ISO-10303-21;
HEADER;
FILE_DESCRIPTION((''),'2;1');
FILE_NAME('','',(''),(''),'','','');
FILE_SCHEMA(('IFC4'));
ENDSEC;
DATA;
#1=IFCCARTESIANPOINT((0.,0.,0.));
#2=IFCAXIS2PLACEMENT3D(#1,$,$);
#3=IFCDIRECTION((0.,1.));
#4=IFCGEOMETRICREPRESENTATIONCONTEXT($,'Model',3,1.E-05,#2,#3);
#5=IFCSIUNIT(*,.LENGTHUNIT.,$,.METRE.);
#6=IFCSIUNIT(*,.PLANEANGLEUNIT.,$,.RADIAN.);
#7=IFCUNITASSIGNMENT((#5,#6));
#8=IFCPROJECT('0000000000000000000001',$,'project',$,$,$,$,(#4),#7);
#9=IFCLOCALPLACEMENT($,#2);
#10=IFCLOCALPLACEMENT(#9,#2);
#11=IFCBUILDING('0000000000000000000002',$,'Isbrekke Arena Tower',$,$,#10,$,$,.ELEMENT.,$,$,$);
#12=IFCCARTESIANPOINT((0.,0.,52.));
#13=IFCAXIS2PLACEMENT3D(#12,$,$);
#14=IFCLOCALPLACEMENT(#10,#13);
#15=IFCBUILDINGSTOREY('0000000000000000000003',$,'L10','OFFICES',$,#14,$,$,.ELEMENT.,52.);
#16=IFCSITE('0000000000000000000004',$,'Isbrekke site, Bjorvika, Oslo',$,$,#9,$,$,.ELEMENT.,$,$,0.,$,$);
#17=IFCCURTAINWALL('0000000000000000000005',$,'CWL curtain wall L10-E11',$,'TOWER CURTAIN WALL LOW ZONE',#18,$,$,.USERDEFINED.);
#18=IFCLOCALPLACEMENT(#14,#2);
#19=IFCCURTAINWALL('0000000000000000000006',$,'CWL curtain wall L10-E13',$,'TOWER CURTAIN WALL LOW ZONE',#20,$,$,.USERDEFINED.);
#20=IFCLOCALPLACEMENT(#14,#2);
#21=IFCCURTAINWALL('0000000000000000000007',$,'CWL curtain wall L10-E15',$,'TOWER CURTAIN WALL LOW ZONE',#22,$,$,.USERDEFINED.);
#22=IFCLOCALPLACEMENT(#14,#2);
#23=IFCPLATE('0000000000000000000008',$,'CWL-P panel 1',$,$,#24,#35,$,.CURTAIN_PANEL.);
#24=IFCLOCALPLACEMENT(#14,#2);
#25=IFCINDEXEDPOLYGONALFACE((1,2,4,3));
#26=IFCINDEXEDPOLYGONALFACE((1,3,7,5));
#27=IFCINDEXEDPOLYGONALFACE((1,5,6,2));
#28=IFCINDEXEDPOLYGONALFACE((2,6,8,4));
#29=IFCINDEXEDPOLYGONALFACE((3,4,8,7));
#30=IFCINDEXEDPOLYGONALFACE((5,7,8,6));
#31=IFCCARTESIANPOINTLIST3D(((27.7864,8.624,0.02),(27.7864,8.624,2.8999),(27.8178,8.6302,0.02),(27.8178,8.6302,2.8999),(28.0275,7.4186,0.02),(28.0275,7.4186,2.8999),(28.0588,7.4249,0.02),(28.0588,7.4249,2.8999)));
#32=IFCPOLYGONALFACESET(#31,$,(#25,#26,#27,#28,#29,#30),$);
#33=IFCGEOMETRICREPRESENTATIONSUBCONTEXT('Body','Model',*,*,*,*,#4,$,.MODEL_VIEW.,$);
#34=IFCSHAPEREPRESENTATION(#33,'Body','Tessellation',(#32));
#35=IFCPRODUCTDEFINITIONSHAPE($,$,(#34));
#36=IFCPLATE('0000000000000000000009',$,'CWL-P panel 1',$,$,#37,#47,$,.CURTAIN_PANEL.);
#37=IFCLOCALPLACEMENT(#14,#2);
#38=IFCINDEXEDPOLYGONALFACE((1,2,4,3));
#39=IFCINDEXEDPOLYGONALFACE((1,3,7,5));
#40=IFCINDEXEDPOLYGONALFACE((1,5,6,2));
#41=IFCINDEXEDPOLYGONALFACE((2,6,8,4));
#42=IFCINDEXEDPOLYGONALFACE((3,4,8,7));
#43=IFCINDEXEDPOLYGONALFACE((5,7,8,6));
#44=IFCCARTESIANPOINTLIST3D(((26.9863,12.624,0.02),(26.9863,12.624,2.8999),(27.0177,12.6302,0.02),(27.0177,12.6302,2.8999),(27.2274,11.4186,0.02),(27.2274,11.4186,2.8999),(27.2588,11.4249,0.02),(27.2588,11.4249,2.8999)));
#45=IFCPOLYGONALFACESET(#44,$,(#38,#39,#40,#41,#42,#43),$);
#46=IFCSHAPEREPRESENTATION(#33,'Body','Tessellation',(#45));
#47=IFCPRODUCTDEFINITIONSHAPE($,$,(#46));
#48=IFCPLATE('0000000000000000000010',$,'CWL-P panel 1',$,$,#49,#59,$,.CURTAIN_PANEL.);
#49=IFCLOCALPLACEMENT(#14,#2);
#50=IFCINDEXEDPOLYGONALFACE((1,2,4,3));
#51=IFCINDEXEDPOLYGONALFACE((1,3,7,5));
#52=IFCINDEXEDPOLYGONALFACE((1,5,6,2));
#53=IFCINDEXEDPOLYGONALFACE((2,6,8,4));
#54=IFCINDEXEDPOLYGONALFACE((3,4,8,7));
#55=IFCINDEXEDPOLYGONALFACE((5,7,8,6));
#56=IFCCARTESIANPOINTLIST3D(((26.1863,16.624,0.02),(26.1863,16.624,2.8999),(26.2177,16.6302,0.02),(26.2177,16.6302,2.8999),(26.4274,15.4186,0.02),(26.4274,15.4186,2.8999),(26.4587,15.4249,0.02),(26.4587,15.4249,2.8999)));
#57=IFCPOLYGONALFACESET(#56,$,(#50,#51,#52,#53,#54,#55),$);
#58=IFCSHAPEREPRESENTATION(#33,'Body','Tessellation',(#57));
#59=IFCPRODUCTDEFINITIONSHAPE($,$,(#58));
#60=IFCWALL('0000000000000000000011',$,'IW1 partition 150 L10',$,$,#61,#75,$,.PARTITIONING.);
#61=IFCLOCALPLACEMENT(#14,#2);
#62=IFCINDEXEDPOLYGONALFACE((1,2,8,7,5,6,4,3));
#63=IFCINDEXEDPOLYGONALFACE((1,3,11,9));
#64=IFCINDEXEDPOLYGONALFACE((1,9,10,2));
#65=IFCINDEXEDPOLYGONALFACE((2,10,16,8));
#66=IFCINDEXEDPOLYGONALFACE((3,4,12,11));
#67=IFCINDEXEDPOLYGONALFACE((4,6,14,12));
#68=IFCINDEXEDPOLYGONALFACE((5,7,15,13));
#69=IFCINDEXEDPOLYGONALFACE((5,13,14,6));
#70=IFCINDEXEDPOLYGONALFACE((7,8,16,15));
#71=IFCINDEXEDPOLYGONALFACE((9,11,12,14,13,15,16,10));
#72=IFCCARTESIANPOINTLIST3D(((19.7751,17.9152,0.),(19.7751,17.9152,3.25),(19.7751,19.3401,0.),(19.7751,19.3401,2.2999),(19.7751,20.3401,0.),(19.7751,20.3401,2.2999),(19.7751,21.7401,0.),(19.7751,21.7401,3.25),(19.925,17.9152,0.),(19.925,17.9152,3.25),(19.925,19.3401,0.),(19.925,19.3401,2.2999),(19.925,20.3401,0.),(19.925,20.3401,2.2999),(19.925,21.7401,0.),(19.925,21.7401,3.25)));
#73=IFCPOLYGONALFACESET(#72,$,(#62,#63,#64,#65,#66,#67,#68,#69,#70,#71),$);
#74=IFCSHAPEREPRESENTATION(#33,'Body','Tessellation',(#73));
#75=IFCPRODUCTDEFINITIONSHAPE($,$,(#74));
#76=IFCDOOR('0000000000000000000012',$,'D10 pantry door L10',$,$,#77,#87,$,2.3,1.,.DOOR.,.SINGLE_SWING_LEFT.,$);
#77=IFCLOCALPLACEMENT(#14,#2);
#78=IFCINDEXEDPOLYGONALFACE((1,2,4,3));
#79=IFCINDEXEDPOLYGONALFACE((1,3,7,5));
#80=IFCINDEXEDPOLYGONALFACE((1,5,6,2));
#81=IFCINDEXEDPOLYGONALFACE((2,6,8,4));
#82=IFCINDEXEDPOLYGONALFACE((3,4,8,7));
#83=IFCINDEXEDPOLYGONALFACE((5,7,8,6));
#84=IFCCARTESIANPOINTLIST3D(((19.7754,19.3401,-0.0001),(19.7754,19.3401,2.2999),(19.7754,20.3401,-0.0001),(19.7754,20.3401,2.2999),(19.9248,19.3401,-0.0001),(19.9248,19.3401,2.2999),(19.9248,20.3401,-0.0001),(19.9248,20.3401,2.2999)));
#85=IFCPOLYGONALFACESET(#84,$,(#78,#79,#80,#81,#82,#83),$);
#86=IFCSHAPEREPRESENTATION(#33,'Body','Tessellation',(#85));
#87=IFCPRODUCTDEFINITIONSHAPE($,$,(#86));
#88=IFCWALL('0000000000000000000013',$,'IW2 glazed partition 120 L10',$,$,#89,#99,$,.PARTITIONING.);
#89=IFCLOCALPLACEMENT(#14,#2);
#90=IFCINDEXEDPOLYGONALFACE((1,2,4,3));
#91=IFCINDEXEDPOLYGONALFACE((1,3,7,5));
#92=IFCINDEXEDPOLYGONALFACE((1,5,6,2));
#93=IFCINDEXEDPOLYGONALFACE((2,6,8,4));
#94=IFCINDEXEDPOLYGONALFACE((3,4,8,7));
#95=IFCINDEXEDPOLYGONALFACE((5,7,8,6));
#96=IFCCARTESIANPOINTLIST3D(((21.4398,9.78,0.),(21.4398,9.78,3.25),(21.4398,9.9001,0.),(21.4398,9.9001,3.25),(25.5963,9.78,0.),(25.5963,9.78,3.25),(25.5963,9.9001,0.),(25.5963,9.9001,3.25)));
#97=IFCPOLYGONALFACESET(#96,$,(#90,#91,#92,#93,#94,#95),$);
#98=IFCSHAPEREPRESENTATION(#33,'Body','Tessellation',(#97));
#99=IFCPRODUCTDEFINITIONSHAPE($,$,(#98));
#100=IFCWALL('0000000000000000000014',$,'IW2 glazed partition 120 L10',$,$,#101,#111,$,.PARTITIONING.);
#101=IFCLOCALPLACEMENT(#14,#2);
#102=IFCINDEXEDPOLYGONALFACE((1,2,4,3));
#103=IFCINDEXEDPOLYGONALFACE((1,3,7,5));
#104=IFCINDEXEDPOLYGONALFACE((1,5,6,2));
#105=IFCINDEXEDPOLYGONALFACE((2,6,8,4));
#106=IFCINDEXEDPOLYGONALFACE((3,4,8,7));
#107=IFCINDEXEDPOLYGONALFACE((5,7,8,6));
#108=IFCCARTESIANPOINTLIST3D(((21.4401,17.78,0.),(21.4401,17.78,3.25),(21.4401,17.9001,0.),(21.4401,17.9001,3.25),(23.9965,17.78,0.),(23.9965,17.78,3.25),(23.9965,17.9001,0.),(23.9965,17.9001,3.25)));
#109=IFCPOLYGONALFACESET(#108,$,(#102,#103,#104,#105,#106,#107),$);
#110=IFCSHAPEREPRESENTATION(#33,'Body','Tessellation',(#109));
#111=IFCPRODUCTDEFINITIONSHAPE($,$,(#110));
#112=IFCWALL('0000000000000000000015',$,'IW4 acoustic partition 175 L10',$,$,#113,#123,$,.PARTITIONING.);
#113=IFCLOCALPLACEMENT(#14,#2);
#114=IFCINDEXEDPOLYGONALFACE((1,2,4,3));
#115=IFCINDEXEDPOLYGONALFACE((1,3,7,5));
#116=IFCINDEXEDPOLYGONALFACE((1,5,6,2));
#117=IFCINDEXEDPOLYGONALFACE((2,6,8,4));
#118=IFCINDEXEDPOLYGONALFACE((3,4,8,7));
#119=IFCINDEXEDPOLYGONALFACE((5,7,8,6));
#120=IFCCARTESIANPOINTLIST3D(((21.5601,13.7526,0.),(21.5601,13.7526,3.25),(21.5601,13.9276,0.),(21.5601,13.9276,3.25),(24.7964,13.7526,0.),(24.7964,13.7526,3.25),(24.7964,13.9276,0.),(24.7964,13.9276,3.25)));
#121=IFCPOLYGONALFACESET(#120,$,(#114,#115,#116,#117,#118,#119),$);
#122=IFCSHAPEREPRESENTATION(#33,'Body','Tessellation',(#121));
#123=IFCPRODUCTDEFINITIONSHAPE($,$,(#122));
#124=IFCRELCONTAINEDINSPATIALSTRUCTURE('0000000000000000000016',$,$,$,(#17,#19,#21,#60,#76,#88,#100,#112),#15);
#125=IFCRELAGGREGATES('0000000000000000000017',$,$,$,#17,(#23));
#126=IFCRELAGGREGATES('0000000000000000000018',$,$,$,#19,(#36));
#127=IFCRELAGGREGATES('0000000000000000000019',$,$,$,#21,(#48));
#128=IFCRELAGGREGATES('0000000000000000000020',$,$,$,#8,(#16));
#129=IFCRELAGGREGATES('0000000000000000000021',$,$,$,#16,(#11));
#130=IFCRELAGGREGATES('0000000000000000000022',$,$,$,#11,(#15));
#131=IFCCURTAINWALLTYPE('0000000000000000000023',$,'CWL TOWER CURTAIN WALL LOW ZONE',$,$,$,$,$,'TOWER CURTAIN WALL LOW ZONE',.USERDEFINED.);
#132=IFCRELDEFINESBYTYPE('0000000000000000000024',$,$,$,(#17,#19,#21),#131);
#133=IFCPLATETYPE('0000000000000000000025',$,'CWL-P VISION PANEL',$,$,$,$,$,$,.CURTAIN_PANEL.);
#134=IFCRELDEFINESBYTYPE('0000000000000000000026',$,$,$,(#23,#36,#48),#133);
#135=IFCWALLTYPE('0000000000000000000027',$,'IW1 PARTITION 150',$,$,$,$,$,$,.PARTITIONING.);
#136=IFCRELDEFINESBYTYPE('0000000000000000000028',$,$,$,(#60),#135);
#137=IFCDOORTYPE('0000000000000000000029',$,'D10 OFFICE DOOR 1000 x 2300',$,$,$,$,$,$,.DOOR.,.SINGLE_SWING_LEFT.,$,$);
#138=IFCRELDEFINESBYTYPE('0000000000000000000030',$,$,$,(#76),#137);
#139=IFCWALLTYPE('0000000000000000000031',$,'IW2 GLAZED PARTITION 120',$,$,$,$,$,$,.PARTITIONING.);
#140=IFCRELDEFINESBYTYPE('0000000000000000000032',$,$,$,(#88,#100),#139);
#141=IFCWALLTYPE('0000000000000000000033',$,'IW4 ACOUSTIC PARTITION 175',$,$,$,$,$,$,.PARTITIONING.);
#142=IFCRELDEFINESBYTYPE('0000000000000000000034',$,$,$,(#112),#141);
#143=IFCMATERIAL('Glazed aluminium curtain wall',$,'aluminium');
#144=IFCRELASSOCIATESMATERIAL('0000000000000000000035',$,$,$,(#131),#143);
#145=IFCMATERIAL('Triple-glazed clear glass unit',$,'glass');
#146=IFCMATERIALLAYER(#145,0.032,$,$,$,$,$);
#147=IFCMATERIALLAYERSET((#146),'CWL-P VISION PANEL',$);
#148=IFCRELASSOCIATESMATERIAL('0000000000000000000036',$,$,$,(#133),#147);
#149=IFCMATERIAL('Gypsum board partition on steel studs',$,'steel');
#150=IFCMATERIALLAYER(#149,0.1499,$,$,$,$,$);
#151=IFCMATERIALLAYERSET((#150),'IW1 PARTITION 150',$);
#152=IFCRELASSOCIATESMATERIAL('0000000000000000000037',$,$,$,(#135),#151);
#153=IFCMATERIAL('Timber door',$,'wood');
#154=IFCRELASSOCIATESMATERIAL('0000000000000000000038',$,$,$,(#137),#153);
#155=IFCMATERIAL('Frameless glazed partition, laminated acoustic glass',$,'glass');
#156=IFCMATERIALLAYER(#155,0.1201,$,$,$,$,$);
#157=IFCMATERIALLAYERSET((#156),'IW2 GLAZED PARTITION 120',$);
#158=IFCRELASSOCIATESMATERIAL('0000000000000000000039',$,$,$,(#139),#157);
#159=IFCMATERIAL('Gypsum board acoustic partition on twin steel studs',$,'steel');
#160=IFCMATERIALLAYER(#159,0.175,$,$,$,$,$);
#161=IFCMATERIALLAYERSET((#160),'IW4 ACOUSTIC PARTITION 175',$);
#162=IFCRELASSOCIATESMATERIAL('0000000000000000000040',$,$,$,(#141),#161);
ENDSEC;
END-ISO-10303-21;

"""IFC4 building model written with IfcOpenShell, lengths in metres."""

from ifc_helpers import new_model, si_unit, direction, frame, frame_2d, origin, origin_2d, place, context, subcontext, project, spatial, rectangle, extrude, material, layer, layer_set, type_object, element, fill, aggregate, save


model = new_model("IFC4")

# Units and contexts
model_context = context("Model", 3, precision=1e-05, world=origin(), true_north=direction((0.0, 1.0)))
body_context = subcontext(model_context, "Body", "Model", "MODEL_VIEW")
ifc_project = project(units=[si_unit("LENGTHUNIT", "METRE"), si_unit("PLANEANGLEUNIT", "RADIAN")], contexts=[model_context])

# Site, building, storey
site_placement = place(None, origin())
site = spatial("IfcSite", under=ifc_project, at=site_placement, Name="Isbrekke site, Bjorvika, Oslo", CompositionType="ELEMENT", RefElevation=0.0)
building_placement = place(site_placement, origin())
building = spatial("IfcBuilding", under=site, at=building_placement, Name="Isbrekke Arena Tower", CompositionType="ELEMENT")
storey_placement = place(building_placement, frame((0.0, 0.0, 52.0)))
storey = spatial("IfcBuildingStorey", under=building, at=storey_placement, Name="L10", Description="OFFICES", CompositionType="ELEMENT", Elevation=52.0)

# Shared definitions
ifc_material_1 = material(Name="Glazed aluminium curtain wall", Category="aluminium")
curtain_wall_type = type_object("IfcCurtainWallType", Name="CWL TOWER CURTAIN WALL LOW ZONE", ElementType="TOWER CURTAIN WALL LOW ZONE", PredefinedType="USERDEFINED", material=ifc_material_1)

# Curtain walls
curtain_wall_1_placement = place(storey_placement, origin())
curtain_wall_1 = element("IfcCurtainWall", 1, at=curtain_wall_1_placement, inside=storey, type_object=curtain_wall_type, Name="CWL curtain wall L10-E11", ObjectType="TOWER CURTAIN WALL LOW ZONE", PredefinedType="USERDEFINED")
curtain_wall_2_placement = place(storey_placement, origin())
curtain_wall_2 = element("IfcCurtainWall", 2, at=curtain_wall_2_placement, inside=storey, type_object=curtain_wall_type, Name="CWL curtain wall L10-E13", ObjectType="TOWER CURTAIN WALL LOW ZONE", PredefinedType="USERDEFINED")
curtain_wall_3_placement = place(storey_placement, origin())
curtain_wall_3 = element("IfcCurtainWall", 3, at=curtain_wall_3_placement, inside=storey, type_object=curtain_wall_type, Name="CWL curtain wall L10-E15", ObjectType="TOWER CURTAIN WALL LOW ZONE", PredefinedType="USERDEFINED")

# Plates
ifc_material_2 = material(Name="Triple-glazed clear glass unit", Category="glass")
ifc_layer_1 = layer(ifc_material_2, 0.032)
ifc_layer_set_1 = layer_set([ifc_layer_1], Name="CWL-P VISION PANEL")
plate_type = type_object("IfcPlateType", Name="CWL-P VISION PANEL", PredefinedType="CURTAIN_PANEL", material=ifc_layer_set_1)
plate_1_placement = place(storey_placement, frame((27.9226, 8.0244, 0.02), z_axis=(0.0, 0.0, 1.0), x_axis=(-0.196116, 0.980581, 0.0)))
plate_1 = element("IfcPlate", 4, at=plate_1_placement, type_object=plate_type, Name="CWL-P panel 1", PredefinedType="CURTAIN_PANEL", context=body_context, shape_type="SweptSolid", body=[
    extrude(rectangle(XDim=1.2292, YDim=0.032, at=origin_2d()), origin(), (0.0, 0.0, 1.0), 2.8799),
])
aggregate(curtain_wall_1, [plate_1])
plate_2_placement = place(storey_placement, frame((27.1226, 12.0244, 0.02), z_axis=(0.0, 0.0, 1.0), x_axis=(-0.196116, 0.980581, 0.0)))
plate_2 = element("IfcPlate", 5, at=plate_2_placement, type_object=plate_type, Name="CWL-P panel 1", PredefinedType="CURTAIN_PANEL", context=body_context, shape_type="SweptSolid", body=[
    extrude(rectangle(XDim=1.2292, YDim=0.032, at=origin_2d()), origin(), (0.0, 0.0, 1.0), 2.8799),
])
aggregate(curtain_wall_2, [plate_2])
plate_3_placement = place(storey_placement, frame((26.3225, 16.0244, 0.02), z_axis=(0.0, 0.0, 1.0), x_axis=(-0.196116, 0.980581, 0.0)))
plate_3 = element("IfcPlate", 6, at=plate_3_placement, type_object=plate_type, Name="CWL-P panel 1", PredefinedType="CURTAIN_PANEL", context=body_context, shape_type="SweptSolid", body=[
    extrude(rectangle(XDim=1.2292, YDim=0.032, at=origin_2d()), origin(), (0.0, 0.0, 1.0), 2.8799),
])
aggregate(curtain_wall_3, [plate_3])

# Wall, opening, door
ifc_material_3 = material(Name="Gypsum board partition on steel studs", Category="steel")
ifc_layer_2 = layer(ifc_material_3, 0.1499)
ifc_layer_set_2 = layer_set([ifc_layer_2], Name="IW1 PARTITION 150")
wall_type_1 = type_object("IfcWallType", Name="IW1 PARTITION 150", PredefinedType="PARTITIONING", material=ifc_layer_set_2)
wall_1_placement = place(storey_placement, frame((19.8501, 17.915, 0.0), z_axis=(0.0, 0.0, 1.0), x_axis=(0.0, 1.0, 0.0)))
wall_1 = element("IfcWall", 7, at=wall_1_placement, inside=storey, type_object=wall_type_1, Name="IW1 partition 150 L10", PredefinedType="PARTITIONING", context=body_context, shape_type="SweptSolid", body=[
    extrude(rectangle(XDim=3.825, YDim=0.1499, at=frame_2d((1.9126, 0.0))), origin(), (0.0, 0.0, 1.0), 3.25),
])
opening_1_placement = place(wall_1_placement, frame((1.425, 0.0, 0.0)))
opening_1 = element("IfcOpeningElement", 8, at=opening_1_placement, cuts=wall_1, PredefinedType="OPENING", context=body_context, shape_type="SweptSolid", body=[
    extrude(rectangle(XDim=1.0, YDim=2.3, at=frame_2d((0.5, 1.1499))), frame((0.0, 0.0898, 0.0), z_axis=(0.0, -1.0, 0.0), x_axis=(1.0, 0.0, 0.0)), (0.0, 0.0, 1.0), 0.1797),
])
ifc_material_4 = material(Name="Timber door", Category="wood")
door_type_1 = type_object("IfcDoorType", Name="D10 OFFICE DOOR 1000 x 2300", OperationType="SINGLE_SWING_LEFT", PredefinedType="DOOR", material=ifc_material_4)
door_1_placement = place(opening_1_placement, origin())
door_1 = element("IfcDoor", 9, at=door_1_placement, inside=storey, type_object=door_type_1, Name="D10 pantry door L10", OperationType="SINGLE_SWING_LEFT", OverallHeight=2.3, OverallWidth=1.0, PredefinedType="DOOR", context=body_context, shape_type="SweptSolid", body=[
    extrude(rectangle(XDim=1.0, YDim=2.3, at=frame_2d((0.5, 1.1499))), frame((0.0, 0.0747, 0.0), z_axis=(0.0, -1.0, 0.0), x_axis=(1.0, 0.0, 0.0)), (0.0, 0.0, 1.0), 0.1494),
])
fill(opening_1, door_1)

# Walls
ifc_material_5 = material(Name="Frameless glazed partition, laminated acoustic glass", Category="glass")
ifc_layer_3 = layer(ifc_material_5, 0.1201)
ifc_layer_set_3 = layer_set([ifc_layer_3], Name="IW2 GLAZED PARTITION 120")
wall_type_2 = type_object("IfcWallType", Name="IW2 GLAZED PARTITION 120", PredefinedType="PARTITIONING", material=ifc_layer_set_3)
wall_2_placement = place(storey_placement, frame((21.4399, 9.8401, 0.0), z_axis=(0.0, 0.0, 1.0), x_axis=(1.0, 0.0, 0.0)))
element("IfcWall", 10, at=wall_2_placement, inside=storey, type_object=wall_type_2, Name="IW2 glazed partition 120 L10", PredefinedType="PARTITIONING", context=body_context, shape_type="SweptSolid", body=[
    extrude(rectangle(XDim=4.1565, YDim=0.1201, at=frame_2d((2.0781, 0.0))), origin(), (0.0, 0.0, 1.0), 3.25),
])
wall_3_placement = place(storey_placement, frame((21.4399, 17.8401, 0.0), z_axis=(0.0, 0.0, 1.0), x_axis=(1.0, 0.0, 0.0)))
element("IfcWall", 11, at=wall_3_placement, inside=storey, type_object=wall_type_2, Name="IW2 glazed partition 120 L10", PredefinedType="PARTITIONING", context=body_context, shape_type="SweptSolid", body=[
    extrude(rectangle(XDim=2.5564, YDim=0.1201, at=frame_2d((1.2783, 0.0))), origin(), (0.0, 0.0, 1.0), 3.25),
])

# Wall
ifc_material_6 = material(Name="Gypsum board acoustic partition on twin steel studs", Category="steel")
ifc_layer_4 = layer(ifc_material_6, 0.175)
ifc_layer_set_4 = layer_set([ifc_layer_4], Name="IW4 ACOUSTIC PARTITION 175")
wall_type_3 = type_object("IfcWallType", Name="IW4 ACOUSTIC PARTITION 175", PredefinedType="PARTITIONING", material=ifc_layer_set_4)
wall_4_placement = place(storey_placement, frame((21.5601, 13.8401, 0.0), z_axis=(0.0, 0.0, 1.0), x_axis=(1.0, 0.0, 0.0)))
element("IfcWall", 12, at=wall_4_placement, inside=storey, type_object=wall_type_3, Name="IW4 acoustic partition 175 L10", PredefinedType="PARTITIONING", context=body_context, shape_type="SweptSolid", body=[
    extrude(rectangle(XDim=3.2363, YDim=0.175, at=frame_2d((1.6182, 0.0))), origin(), (0.0, 0.0, 1.0), 3.25),
])

save(model, "model.ifc")
